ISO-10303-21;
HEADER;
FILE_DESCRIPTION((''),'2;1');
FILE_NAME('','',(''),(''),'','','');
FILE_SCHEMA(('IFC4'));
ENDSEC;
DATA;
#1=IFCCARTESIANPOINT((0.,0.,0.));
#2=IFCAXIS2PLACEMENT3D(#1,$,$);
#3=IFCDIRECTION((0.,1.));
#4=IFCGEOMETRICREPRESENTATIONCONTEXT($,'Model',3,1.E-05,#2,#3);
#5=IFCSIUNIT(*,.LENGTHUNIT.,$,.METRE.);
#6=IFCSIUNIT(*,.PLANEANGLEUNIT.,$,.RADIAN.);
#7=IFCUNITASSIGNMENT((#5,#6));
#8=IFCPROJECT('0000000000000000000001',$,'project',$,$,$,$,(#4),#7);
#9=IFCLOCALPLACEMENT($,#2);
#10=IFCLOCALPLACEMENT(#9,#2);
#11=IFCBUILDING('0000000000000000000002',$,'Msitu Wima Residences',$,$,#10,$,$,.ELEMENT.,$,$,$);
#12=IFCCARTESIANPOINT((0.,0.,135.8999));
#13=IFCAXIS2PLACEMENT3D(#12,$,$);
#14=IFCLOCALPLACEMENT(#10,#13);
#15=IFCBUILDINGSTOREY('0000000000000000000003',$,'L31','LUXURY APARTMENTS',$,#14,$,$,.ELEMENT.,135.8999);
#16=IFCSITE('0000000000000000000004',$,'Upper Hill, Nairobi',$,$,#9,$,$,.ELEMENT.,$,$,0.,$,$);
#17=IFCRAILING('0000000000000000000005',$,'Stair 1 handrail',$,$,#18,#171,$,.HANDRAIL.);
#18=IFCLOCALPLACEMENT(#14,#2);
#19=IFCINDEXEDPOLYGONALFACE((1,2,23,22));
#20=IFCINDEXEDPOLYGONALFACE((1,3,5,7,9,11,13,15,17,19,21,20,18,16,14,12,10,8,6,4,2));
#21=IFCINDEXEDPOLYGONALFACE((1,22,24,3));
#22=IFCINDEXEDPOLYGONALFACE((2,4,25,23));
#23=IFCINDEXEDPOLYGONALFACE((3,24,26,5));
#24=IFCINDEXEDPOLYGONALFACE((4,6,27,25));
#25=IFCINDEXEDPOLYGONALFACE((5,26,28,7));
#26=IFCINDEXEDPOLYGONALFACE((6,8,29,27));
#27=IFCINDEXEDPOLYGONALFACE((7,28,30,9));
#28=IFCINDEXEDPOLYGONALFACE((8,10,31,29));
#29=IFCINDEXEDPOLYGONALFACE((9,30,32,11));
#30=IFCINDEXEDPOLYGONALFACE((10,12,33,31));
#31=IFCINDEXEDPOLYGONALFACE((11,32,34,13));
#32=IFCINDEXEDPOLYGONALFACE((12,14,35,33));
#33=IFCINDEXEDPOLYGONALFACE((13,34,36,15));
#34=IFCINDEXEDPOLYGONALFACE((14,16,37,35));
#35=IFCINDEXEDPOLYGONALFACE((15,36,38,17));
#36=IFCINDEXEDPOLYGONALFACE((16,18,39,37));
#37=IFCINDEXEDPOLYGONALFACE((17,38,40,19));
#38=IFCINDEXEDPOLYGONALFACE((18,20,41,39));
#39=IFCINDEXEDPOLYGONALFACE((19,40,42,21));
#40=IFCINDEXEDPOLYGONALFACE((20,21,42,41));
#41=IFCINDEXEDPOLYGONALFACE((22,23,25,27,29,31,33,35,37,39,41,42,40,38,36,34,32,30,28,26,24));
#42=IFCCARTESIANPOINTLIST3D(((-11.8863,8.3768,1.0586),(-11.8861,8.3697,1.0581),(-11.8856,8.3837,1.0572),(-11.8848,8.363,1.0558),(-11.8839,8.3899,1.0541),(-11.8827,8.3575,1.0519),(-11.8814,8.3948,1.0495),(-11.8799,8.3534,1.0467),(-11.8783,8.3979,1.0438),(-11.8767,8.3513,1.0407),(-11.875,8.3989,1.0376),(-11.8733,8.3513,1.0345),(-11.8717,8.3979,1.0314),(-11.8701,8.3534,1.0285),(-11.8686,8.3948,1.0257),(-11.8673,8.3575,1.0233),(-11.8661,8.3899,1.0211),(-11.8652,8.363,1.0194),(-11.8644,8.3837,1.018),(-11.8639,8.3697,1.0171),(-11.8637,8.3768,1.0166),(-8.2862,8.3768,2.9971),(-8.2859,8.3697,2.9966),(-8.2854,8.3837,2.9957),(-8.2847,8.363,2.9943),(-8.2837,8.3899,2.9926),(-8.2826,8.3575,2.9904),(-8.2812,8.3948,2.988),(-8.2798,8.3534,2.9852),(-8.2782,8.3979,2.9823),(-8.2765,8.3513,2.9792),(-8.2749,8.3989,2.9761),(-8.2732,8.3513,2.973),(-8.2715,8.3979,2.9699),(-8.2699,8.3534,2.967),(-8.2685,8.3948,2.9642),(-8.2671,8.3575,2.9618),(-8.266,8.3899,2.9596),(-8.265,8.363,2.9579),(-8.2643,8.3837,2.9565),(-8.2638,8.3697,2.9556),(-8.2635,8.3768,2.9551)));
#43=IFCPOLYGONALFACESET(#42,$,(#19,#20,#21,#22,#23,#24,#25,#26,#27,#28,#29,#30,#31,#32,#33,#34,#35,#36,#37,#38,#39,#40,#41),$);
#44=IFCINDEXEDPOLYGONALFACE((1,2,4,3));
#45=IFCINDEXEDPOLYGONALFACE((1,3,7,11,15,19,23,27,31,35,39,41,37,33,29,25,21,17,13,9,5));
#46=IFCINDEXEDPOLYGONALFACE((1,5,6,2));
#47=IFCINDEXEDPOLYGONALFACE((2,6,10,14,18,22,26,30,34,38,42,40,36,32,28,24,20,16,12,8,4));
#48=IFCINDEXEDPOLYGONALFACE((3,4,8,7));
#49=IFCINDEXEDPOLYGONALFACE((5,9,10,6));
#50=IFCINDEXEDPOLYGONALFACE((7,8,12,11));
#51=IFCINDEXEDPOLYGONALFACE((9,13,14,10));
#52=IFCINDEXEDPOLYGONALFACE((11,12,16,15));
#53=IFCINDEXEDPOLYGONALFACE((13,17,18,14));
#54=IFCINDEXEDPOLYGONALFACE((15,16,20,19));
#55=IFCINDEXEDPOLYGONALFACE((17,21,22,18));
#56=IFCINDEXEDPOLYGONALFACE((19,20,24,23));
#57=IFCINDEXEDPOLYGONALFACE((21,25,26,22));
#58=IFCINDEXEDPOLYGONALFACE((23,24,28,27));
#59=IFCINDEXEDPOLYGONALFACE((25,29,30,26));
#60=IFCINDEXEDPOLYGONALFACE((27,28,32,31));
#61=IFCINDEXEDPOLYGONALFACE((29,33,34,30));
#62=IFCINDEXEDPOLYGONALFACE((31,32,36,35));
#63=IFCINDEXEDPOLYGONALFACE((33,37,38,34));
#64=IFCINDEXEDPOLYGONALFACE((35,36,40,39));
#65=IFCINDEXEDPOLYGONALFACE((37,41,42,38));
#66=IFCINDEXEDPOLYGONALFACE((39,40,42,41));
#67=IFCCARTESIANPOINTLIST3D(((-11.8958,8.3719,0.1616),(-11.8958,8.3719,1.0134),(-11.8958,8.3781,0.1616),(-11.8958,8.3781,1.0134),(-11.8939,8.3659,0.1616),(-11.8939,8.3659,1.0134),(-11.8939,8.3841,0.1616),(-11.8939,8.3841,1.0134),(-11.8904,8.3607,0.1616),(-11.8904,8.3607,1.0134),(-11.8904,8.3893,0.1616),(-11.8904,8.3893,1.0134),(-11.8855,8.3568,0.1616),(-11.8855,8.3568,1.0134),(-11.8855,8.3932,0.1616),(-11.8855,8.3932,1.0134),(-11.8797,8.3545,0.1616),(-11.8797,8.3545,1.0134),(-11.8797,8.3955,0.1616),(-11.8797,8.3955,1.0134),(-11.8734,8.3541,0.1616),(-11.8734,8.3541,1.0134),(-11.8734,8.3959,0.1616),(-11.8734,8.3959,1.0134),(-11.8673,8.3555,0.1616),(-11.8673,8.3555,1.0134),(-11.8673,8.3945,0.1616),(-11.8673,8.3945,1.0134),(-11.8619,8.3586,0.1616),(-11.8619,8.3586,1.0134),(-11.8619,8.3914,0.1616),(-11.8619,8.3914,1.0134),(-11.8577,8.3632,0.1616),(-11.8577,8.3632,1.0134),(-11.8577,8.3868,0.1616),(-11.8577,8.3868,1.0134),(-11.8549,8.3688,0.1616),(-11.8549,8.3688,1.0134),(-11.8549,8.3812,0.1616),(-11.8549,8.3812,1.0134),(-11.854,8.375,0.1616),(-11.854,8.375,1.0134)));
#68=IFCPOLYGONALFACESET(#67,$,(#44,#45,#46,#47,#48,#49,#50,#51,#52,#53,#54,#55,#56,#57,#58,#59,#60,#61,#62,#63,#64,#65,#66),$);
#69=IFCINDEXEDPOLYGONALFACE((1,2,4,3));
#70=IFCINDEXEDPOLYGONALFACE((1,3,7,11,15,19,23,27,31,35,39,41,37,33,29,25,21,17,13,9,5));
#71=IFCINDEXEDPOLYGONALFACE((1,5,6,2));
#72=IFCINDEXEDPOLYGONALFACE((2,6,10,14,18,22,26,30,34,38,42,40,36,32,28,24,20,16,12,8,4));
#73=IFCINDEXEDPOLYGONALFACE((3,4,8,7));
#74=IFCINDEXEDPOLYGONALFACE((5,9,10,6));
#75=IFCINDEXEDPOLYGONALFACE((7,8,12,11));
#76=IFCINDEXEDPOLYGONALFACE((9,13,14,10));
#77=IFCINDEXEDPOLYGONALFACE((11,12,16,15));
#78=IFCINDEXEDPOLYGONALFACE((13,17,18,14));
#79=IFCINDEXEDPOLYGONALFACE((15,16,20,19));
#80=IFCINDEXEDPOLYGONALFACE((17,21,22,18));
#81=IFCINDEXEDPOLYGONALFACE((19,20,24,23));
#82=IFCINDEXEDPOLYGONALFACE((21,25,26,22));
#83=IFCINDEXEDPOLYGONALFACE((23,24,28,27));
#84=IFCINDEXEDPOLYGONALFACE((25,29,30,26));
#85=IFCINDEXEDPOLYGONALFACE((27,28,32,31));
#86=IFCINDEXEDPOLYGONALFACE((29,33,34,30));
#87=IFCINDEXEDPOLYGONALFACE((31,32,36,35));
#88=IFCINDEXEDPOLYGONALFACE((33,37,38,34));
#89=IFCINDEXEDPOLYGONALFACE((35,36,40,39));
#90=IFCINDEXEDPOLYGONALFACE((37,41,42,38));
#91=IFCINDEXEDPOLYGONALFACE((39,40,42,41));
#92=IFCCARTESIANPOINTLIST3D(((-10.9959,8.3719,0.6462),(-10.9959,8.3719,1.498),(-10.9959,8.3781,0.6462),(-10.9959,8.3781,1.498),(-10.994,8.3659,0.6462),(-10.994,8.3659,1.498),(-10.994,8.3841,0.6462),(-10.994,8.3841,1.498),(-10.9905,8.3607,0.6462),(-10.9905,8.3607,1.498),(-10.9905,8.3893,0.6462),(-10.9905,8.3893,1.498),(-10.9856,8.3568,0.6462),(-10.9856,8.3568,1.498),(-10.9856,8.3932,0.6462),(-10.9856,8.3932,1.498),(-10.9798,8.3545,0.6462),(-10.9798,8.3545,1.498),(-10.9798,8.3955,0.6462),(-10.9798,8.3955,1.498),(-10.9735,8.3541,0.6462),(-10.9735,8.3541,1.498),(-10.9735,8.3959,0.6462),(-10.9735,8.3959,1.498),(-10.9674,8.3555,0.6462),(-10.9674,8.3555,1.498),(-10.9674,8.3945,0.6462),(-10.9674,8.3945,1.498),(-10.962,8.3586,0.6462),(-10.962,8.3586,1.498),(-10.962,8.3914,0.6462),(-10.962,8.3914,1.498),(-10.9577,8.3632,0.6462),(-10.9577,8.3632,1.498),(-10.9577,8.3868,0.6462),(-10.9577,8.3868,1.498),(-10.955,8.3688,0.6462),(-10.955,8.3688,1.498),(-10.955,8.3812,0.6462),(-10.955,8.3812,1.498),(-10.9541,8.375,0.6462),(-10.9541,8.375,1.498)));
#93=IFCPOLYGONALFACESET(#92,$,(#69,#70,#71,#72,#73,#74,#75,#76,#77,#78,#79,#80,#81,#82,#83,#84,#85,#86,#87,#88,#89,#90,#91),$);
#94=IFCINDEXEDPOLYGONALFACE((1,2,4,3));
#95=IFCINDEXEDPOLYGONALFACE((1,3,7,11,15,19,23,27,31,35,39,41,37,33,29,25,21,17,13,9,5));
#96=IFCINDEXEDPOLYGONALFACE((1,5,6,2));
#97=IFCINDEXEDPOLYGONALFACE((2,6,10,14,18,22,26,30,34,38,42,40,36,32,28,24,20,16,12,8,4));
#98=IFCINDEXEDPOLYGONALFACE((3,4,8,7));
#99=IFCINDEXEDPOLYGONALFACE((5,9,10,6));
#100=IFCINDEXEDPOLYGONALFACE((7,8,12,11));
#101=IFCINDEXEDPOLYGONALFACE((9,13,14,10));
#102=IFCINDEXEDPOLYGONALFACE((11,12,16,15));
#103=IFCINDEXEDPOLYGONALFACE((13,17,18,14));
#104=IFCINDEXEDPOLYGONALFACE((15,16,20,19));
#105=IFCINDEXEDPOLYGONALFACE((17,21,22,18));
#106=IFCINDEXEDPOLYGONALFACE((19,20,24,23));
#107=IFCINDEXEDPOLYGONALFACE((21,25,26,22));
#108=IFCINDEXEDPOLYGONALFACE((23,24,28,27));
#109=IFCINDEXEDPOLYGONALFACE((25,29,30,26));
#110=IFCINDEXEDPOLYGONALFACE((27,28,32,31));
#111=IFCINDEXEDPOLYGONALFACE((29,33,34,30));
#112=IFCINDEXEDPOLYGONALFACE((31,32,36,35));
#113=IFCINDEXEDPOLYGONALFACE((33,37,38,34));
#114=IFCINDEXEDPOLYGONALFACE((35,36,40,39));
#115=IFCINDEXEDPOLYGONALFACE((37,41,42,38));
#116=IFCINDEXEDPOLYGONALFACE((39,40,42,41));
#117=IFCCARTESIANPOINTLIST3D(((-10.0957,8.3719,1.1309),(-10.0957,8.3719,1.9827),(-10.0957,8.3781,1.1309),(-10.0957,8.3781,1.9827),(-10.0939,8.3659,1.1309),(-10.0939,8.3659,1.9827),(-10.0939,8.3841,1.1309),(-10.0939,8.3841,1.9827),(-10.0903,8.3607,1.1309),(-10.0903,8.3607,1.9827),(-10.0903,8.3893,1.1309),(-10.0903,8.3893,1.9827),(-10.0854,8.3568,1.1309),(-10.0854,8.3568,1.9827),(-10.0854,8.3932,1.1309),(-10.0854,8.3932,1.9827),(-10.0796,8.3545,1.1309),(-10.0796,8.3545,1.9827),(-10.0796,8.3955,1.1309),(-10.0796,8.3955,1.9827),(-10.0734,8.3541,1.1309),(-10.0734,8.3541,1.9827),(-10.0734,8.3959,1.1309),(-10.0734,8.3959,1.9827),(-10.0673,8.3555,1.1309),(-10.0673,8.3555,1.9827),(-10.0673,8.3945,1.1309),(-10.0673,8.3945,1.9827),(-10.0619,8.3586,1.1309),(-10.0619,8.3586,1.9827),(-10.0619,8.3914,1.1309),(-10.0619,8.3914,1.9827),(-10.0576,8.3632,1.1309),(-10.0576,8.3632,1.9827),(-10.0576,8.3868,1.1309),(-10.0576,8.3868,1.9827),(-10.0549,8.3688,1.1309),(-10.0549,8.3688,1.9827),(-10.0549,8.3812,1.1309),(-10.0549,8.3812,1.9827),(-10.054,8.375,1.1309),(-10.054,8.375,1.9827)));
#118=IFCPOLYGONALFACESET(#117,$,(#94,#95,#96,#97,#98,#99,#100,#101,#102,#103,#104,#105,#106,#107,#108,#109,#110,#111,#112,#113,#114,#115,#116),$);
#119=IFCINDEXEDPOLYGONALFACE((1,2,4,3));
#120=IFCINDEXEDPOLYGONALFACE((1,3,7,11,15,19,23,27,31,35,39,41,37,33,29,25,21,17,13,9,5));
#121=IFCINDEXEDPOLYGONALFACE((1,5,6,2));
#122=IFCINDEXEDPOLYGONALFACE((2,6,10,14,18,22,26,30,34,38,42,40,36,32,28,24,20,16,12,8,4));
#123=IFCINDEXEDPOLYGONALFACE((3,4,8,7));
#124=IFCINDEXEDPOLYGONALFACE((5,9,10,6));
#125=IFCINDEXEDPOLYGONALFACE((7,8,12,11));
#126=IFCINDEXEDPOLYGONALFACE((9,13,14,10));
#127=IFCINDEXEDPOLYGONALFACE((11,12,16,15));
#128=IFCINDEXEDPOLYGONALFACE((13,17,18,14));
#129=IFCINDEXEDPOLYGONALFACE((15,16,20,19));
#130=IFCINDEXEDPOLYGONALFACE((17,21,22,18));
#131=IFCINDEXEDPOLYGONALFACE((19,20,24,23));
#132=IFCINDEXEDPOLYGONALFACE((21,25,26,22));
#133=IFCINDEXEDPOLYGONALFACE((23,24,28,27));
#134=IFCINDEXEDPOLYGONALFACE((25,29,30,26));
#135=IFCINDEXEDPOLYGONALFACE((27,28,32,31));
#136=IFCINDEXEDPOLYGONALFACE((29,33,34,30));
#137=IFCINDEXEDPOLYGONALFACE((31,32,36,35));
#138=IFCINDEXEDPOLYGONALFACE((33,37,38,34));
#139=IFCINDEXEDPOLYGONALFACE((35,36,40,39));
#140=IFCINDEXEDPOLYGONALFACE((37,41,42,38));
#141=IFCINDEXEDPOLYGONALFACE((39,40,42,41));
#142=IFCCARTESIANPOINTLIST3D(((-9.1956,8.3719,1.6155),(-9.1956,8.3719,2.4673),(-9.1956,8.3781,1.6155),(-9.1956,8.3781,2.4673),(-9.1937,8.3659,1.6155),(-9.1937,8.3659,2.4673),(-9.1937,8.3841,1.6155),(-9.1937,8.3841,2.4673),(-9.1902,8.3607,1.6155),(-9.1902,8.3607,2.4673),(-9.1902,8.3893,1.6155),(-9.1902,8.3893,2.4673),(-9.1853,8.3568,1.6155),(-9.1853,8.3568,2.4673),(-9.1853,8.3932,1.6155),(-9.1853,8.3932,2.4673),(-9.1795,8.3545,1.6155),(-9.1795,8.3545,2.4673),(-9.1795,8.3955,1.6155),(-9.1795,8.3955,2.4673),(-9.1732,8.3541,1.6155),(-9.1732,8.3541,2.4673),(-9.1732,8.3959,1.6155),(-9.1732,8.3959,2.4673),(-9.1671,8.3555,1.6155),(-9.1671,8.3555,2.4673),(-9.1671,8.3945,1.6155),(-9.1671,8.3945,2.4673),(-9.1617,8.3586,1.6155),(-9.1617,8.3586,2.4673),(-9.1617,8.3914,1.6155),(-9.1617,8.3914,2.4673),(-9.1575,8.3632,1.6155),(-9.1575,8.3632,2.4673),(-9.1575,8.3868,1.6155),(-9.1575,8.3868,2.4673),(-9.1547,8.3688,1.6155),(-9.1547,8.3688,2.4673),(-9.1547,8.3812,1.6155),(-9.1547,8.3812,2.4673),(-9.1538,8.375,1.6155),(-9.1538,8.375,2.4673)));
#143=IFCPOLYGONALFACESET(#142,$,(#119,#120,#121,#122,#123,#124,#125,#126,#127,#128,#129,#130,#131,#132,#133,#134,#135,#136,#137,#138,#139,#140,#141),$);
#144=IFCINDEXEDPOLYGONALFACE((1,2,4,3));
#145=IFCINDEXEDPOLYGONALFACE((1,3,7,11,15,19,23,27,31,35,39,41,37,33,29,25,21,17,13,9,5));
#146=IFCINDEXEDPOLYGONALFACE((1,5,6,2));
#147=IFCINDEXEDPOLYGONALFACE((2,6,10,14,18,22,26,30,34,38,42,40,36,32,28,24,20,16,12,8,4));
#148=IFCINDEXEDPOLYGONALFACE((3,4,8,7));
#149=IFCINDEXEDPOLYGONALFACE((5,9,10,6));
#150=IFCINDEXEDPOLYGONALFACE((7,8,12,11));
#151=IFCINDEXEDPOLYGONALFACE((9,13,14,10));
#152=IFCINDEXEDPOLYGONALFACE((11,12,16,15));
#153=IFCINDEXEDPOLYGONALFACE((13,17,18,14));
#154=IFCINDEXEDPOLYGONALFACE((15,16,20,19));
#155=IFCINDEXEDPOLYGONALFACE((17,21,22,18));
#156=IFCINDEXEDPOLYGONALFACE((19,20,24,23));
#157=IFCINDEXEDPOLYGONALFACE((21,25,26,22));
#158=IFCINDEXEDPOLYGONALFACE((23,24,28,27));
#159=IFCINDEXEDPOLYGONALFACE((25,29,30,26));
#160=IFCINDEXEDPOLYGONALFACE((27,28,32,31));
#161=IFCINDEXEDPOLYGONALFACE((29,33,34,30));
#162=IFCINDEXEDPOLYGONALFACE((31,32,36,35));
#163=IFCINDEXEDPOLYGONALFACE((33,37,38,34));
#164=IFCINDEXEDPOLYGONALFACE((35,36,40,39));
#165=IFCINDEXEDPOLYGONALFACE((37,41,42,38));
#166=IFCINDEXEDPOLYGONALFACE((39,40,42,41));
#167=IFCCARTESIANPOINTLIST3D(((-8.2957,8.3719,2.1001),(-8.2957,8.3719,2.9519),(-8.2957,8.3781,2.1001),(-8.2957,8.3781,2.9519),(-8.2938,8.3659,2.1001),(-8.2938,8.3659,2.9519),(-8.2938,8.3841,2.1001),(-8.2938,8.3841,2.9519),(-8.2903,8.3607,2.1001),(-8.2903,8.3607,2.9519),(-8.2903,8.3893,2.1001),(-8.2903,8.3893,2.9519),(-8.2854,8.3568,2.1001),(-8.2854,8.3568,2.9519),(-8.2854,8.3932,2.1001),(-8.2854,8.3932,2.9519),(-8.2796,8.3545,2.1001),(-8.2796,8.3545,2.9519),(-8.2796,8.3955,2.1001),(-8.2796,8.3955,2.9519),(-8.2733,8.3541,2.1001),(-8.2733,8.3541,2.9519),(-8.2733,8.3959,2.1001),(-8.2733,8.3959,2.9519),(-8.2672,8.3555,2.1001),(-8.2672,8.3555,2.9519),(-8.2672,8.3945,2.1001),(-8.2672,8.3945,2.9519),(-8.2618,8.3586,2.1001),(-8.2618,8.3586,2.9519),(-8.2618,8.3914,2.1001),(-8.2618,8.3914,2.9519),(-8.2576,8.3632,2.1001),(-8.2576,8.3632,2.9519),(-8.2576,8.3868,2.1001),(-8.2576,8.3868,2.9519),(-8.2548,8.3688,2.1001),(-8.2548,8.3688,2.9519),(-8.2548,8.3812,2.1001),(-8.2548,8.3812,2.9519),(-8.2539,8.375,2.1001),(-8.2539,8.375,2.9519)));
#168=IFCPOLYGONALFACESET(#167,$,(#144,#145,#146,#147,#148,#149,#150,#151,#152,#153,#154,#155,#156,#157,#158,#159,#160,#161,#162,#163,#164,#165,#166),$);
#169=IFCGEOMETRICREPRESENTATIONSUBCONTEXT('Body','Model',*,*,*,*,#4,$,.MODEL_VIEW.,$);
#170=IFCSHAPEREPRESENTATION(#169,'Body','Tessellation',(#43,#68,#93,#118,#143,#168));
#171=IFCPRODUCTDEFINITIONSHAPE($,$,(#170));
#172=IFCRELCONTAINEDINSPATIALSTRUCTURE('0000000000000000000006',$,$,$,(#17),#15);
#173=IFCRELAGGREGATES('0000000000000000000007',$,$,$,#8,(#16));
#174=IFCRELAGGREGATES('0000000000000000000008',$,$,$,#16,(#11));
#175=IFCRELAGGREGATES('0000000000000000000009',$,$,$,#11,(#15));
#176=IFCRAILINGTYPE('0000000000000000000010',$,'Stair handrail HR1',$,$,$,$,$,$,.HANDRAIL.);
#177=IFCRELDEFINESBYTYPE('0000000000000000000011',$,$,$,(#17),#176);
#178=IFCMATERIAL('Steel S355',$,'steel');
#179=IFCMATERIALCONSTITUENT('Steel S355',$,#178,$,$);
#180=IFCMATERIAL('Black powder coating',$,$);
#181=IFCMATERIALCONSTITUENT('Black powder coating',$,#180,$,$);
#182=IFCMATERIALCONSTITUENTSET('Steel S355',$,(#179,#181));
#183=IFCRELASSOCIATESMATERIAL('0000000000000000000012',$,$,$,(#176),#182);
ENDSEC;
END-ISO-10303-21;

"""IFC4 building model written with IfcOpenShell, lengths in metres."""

from ifc_helpers import new_model, si_unit, direction, frame, origin, origin_2d, place, context, subcontext, project, spatial, circle, extrude, material, constituent, constituent_set, type_object, element, save


model = new_model("IFC4")

# Units and contexts
model_context = context("Model", 3, precision=1e-05, world=origin(), true_north=direction((0.0, 1.0)))
body_context = subcontext(model_context, "Body", "Model", "MODEL_VIEW")
ifc_project = project(units=[si_unit("LENGTHUNIT", "METRE"), si_unit("PLANEANGLEUNIT", "RADIAN")], contexts=[model_context])

# Site, building, storey
site_placement = place(None, origin())
site = spatial("IfcSite", under=ifc_project, at=site_placement, Name="Upper Hill, Nairobi", CompositionType="ELEMENT", RefElevation=0.0)
building_placement = place(site_placement, origin())
building = spatial("IfcBuilding", under=site, at=building_placement, Name="Msitu Wima Residences", CompositionType="ELEMENT")
storey_placement = place(building_placement, frame((0.0, 0.0, 135.8999)))
storey = spatial("IfcBuildingStorey", under=building, at=storey_placement, Name="L31", Description="LUXURY APARTMENTS", CompositionType="ELEMENT", Elevation=135.8999)

# Railing
ifc_material_1 = material(Name="Steel S355", Category="steel")
ifc_constituent_1 = constituent(ifc_material_1, Name="Steel S355")
ifc_material_2 = material(Name="Black powder coating")
ifc_constituent_2 = constituent(ifc_material_2, Name="Black powder coating")
ifc_constituent_set = constituent_set(constituents=[ifc_constituent_1, ifc_constituent_2], Name="Steel S355")
railing_type = type_object("IfcRailingType", Name="Stair handrail HR1", PredefinedType="HANDRAIL", material=ifc_constituent_set)
railing_placement = place(storey_placement, frame((-11.875, 8.375, 0.1616)))
element("IfcRailing", 1, at=railing_placement, inside=storey, type_object=railing_type, Name="Stair 1 handrail", PredefinedType="HANDRAIL", context=body_context, shape_type="SweptSolid", body=[
    extrude(circle(Radius=0.0239, at=origin_2d()), frame((0.0, 0.0, 0.876), z_axis=(0.880475, 0.0, 0.474093), x_axis=(0.0, 1.0, 0.0)), (0.0, 0.0, 1.0), 4.0889),
    extrude(circle(Radius=0.021, at=origin_2d()), origin(), (0.0, 0.0, 1.0), 0.8518),
    extrude(circle(Radius=0.021, at=origin_2d()), frame((0.8999, 0.0, 0.4846)), (0.0, 0.0, 1.0), 0.8518),
    extrude(circle(Radius=0.021, at=origin_2d()), frame((1.8, 0.0, 0.9692)), (0.0, 0.0, 1.0), 0.8518),
    extrude(circle(Radius=0.021, at=origin_2d()), frame((2.7002, 0.0, 1.4539)), (0.0, 0.0, 1.0), 0.8518),
    extrude(circle(Radius=0.021, at=origin_2d()), frame((3.6001, 0.0, 1.9385)), (0.0, 0.0, 1.0), 0.8518),
])

save(model, "model.ifc")
